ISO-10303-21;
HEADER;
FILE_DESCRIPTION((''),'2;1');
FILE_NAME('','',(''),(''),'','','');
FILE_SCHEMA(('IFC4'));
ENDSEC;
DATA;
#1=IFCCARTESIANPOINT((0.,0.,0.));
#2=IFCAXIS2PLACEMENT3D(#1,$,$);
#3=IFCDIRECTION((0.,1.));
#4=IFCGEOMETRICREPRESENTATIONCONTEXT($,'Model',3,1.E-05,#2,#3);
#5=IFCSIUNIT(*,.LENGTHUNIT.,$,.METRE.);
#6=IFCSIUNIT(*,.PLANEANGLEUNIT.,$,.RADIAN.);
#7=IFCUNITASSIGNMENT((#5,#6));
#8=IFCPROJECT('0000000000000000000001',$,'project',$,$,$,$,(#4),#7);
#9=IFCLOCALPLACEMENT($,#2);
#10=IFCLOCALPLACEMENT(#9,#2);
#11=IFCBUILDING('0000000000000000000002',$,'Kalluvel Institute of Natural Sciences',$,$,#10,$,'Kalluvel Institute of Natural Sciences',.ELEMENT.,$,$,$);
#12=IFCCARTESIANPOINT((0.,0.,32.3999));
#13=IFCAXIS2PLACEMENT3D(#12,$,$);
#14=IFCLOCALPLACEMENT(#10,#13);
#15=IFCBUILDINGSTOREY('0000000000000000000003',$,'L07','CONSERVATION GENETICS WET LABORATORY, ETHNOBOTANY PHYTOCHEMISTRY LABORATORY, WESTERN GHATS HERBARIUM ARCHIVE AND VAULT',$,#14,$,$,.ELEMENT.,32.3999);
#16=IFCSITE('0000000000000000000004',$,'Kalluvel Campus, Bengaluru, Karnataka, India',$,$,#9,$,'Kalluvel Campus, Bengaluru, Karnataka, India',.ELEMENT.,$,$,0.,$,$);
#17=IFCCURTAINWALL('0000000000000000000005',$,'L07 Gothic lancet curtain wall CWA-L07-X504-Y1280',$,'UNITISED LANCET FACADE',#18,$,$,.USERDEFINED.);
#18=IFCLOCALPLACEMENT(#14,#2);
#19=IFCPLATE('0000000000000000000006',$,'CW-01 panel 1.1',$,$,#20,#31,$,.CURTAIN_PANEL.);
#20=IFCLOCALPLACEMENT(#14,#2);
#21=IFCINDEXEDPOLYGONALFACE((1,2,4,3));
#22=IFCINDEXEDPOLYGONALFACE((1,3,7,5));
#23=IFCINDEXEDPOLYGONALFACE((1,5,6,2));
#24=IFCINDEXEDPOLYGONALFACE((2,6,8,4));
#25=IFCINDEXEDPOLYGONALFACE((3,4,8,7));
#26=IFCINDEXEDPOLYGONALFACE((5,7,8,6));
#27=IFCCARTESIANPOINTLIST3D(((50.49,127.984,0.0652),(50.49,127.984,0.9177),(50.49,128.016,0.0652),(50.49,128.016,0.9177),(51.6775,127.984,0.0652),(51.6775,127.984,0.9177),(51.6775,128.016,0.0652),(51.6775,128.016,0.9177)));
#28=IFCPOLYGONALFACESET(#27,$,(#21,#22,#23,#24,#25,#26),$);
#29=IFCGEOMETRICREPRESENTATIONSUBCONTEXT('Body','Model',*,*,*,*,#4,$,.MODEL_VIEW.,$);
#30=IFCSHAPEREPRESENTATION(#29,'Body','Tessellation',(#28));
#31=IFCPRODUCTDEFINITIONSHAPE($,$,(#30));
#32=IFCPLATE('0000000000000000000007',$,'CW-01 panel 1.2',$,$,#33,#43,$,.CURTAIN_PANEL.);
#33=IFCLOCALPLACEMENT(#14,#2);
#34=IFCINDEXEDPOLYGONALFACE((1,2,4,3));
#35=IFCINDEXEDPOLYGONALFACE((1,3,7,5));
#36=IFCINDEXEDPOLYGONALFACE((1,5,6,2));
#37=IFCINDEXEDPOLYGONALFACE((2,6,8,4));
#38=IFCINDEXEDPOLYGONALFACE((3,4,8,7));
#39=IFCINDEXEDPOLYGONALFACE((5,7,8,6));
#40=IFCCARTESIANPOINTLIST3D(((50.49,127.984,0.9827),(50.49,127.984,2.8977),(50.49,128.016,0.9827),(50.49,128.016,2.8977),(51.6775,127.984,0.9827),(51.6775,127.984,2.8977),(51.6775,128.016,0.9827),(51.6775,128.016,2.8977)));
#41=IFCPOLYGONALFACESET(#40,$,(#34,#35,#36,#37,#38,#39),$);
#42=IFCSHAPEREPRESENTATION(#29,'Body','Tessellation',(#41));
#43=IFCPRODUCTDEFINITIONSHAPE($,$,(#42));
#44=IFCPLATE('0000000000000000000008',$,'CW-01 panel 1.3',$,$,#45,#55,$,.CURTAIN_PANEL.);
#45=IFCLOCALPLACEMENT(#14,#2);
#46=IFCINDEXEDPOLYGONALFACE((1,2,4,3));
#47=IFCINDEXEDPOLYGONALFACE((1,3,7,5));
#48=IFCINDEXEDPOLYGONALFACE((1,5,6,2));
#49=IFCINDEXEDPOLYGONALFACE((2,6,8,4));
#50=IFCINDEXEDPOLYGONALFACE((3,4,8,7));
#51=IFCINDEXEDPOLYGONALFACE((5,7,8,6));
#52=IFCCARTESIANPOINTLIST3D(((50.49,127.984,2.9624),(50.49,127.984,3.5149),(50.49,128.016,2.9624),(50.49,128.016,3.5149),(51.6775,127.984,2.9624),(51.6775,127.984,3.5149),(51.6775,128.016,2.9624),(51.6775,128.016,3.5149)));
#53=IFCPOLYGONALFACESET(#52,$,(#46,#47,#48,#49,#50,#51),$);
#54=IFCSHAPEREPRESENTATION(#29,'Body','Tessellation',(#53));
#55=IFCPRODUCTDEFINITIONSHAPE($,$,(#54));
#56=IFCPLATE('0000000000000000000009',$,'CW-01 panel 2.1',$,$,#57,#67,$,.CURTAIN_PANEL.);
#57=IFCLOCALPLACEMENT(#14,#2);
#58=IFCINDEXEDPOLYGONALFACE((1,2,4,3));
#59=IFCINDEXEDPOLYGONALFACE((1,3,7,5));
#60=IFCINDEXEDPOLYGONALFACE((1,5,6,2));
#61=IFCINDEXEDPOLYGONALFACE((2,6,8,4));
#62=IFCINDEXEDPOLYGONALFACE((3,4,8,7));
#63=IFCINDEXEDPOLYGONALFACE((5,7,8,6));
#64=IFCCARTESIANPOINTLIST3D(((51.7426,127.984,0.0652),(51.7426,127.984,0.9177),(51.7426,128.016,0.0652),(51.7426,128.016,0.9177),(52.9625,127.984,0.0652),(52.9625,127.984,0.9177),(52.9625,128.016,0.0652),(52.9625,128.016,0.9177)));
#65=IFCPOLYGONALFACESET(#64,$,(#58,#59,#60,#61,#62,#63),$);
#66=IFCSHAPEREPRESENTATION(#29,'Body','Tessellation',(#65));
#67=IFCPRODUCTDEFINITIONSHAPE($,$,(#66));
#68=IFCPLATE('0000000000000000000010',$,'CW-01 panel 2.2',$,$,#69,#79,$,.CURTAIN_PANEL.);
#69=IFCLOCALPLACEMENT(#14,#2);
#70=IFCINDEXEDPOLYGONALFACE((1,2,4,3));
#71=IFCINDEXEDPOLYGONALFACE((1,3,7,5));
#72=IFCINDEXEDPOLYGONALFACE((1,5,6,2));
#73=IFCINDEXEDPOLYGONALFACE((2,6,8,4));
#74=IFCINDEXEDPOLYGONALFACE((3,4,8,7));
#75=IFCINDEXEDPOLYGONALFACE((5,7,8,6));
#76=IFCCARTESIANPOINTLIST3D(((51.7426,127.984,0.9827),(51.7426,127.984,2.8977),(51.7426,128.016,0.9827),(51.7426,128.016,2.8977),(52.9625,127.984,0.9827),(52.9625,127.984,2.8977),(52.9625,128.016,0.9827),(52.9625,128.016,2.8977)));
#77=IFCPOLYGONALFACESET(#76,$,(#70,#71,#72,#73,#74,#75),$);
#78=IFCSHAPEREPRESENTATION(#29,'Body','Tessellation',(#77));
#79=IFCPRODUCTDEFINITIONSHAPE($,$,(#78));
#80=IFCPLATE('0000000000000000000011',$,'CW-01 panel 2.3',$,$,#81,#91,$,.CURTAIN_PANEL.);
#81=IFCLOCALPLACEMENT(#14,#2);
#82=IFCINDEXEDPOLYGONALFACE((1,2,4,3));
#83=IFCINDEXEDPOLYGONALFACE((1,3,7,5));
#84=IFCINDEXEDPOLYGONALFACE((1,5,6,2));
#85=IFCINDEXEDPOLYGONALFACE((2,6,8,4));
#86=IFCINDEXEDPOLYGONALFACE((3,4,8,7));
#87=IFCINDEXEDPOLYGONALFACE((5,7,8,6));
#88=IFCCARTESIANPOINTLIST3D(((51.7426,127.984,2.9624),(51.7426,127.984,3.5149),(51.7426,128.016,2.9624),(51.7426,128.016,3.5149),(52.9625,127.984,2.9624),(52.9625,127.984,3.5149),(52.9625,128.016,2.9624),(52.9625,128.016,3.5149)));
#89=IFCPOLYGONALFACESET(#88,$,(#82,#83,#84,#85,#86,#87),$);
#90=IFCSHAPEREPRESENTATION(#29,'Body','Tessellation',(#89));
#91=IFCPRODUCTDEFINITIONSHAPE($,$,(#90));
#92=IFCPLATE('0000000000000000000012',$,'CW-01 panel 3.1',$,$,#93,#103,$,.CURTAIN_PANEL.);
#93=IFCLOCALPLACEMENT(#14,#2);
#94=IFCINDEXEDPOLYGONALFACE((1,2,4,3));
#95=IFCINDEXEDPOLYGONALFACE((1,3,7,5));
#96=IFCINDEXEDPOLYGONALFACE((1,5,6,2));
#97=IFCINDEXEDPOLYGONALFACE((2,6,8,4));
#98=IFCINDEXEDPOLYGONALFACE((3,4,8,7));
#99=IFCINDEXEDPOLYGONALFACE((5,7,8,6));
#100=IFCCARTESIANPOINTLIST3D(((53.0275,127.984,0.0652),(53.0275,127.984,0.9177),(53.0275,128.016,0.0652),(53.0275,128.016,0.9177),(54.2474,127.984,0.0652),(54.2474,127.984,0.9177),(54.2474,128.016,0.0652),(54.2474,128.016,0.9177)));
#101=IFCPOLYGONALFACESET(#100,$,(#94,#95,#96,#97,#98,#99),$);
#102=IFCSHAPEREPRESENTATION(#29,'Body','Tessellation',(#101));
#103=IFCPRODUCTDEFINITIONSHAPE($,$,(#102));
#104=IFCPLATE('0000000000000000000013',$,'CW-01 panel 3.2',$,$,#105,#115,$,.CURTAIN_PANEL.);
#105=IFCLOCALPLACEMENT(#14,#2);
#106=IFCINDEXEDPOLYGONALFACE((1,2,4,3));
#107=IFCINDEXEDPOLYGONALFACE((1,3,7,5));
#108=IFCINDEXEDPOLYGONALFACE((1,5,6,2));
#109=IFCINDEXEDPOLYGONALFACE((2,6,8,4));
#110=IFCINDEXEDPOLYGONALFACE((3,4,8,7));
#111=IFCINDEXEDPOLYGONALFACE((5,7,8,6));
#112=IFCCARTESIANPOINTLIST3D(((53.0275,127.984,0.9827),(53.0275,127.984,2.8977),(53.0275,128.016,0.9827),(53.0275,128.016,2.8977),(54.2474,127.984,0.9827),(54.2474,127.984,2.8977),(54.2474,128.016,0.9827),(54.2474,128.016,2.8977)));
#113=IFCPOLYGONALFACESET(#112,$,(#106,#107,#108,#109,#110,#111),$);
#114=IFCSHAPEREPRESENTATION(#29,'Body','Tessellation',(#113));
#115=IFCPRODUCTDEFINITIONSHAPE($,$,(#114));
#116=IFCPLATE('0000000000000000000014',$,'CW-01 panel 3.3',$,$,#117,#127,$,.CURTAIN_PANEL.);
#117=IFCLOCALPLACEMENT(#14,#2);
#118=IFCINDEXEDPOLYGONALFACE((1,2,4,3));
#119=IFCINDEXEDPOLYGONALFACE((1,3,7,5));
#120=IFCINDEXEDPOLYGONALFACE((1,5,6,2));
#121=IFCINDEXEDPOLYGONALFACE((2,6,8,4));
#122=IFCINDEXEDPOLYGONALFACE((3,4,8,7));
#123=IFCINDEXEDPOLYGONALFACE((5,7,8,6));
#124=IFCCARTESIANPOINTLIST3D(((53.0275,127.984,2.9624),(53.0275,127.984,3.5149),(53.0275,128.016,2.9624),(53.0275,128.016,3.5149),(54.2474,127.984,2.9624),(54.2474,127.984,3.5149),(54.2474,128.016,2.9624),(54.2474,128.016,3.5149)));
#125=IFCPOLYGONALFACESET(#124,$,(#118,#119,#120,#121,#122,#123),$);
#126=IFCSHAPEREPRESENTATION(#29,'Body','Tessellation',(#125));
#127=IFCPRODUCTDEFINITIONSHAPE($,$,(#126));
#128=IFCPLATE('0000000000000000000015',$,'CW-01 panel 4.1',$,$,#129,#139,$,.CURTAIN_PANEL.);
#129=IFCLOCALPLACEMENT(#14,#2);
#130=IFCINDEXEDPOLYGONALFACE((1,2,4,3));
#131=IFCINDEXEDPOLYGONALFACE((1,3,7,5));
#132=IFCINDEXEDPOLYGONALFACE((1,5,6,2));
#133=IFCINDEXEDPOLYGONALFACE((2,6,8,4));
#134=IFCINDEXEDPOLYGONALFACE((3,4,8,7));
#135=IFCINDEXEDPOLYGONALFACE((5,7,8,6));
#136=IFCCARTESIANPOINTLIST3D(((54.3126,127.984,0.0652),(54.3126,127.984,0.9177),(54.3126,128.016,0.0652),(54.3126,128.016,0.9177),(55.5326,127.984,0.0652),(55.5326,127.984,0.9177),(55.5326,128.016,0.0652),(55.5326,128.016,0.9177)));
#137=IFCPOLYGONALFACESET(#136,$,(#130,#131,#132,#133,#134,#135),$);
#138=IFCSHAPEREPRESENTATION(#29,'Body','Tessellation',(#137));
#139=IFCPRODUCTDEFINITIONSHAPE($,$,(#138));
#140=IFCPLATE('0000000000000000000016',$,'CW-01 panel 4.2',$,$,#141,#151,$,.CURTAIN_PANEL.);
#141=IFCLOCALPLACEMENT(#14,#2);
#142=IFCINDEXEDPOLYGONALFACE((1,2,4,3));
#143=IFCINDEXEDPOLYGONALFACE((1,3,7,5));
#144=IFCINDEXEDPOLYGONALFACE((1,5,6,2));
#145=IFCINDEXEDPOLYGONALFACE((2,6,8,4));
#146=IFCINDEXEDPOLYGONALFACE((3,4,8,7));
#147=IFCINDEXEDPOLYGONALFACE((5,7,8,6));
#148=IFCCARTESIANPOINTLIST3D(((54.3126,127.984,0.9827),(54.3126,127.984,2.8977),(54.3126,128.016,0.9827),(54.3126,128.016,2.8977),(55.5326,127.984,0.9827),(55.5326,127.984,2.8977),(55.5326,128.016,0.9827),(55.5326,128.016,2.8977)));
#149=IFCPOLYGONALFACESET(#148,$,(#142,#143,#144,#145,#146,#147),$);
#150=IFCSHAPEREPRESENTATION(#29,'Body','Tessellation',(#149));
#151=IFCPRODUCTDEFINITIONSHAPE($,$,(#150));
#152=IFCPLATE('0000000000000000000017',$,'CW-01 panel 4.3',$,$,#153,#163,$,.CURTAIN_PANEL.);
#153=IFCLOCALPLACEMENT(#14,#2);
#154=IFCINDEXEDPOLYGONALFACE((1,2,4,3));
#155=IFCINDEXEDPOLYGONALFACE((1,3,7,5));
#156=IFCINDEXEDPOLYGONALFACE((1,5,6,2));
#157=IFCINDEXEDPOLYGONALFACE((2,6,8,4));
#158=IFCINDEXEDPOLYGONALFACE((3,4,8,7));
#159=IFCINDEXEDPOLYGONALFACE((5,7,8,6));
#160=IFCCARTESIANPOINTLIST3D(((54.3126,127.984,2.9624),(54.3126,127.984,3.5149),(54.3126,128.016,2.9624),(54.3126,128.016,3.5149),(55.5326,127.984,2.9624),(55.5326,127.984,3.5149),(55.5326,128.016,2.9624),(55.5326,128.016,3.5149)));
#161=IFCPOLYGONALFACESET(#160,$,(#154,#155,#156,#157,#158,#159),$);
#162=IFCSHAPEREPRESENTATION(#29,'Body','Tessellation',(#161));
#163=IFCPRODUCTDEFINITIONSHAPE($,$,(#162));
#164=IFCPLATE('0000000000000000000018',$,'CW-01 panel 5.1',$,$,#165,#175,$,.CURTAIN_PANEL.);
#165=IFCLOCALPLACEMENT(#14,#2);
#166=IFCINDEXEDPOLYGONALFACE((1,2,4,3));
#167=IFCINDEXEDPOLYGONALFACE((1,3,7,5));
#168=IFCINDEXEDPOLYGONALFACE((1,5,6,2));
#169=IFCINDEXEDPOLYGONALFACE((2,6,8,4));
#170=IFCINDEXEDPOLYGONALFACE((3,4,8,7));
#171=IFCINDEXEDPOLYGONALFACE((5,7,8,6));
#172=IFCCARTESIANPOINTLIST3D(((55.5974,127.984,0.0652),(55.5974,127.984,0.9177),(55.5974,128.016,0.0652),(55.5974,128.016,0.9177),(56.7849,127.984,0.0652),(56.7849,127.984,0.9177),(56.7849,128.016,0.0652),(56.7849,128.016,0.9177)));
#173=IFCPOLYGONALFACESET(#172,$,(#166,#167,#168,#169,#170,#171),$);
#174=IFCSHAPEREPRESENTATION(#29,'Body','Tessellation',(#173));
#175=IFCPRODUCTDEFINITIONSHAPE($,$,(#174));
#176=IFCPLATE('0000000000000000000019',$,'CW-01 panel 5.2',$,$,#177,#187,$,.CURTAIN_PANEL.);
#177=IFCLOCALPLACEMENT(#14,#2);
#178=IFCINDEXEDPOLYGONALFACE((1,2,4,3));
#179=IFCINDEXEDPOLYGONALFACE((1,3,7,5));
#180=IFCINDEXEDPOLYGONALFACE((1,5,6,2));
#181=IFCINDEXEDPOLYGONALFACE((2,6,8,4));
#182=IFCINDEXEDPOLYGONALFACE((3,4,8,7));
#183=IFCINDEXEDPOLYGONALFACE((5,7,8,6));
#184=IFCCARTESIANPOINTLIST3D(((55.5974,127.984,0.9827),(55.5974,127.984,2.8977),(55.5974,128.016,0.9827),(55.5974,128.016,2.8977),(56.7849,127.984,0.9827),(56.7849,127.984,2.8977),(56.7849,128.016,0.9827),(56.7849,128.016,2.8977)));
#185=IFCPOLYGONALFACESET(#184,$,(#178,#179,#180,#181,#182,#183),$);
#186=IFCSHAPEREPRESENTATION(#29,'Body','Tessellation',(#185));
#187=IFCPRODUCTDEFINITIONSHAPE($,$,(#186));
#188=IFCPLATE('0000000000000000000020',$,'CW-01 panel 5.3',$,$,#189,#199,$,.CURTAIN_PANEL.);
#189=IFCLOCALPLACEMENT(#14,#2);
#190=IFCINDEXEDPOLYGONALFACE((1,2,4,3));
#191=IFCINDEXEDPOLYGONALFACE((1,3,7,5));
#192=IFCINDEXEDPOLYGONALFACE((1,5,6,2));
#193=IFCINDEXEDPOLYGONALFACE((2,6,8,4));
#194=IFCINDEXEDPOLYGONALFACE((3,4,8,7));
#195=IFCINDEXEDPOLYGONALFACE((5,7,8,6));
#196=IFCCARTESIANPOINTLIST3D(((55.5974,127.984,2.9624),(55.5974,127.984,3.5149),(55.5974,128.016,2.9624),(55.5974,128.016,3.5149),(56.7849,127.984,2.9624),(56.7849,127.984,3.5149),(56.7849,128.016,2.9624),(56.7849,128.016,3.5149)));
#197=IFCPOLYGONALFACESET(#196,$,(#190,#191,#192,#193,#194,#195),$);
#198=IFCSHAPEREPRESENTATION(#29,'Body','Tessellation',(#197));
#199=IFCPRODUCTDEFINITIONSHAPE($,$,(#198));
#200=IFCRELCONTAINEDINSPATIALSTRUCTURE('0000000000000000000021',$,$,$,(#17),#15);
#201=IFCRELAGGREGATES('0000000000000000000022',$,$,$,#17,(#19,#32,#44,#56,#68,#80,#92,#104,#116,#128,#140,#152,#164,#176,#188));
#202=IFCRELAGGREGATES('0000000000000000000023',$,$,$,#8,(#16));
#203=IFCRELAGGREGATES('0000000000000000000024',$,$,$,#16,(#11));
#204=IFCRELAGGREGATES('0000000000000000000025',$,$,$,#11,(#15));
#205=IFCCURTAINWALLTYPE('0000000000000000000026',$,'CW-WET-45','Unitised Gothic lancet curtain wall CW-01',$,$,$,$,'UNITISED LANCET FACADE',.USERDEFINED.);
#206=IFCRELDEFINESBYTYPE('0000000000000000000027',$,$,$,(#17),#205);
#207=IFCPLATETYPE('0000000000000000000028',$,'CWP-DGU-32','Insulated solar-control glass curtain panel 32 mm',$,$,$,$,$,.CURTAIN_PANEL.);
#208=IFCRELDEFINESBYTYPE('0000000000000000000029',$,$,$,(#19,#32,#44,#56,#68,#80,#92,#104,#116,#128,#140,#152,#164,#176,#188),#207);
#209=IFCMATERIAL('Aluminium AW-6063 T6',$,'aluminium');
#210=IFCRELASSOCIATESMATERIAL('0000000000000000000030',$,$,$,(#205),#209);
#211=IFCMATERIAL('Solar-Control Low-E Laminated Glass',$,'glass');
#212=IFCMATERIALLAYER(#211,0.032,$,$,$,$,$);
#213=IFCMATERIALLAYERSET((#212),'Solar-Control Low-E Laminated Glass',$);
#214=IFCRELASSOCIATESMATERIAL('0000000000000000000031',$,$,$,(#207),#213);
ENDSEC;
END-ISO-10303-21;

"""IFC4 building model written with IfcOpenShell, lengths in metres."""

from ifc_helpers import new_model, si_unit, direction, frame, origin, origin_2d, place, context, subcontext, project, spatial, rectangle, extrude, material, layer, layer_set, type_object, element, aggregate, save


model = new_model("IFC4")

# Units and contexts
model_context = context("Model", 3, precision=1e-05, world=origin(), true_north=direction((0.0, 1.0)))
body_context = subcontext(model_context, "Body", "Model", "MODEL_VIEW")
ifc_project = project(units=[si_unit("LENGTHUNIT", "METRE"), si_unit("PLANEANGLEUNIT", "RADIAN")], contexts=[model_context])

# Site, building, storey
site_placement = place(None, origin())
site = spatial("IfcSite", under=ifc_project, at=site_placement, Name="Kalluvel Campus, Bengaluru, Karnataka, India", LongName="Kalluvel Campus, Bengaluru, Karnataka, India", CompositionType="ELEMENT", RefElevation=0.0)
building_placement = place(site_placement, origin())
building = spatial("IfcBuilding", under=site, at=building_placement, Name="Kalluvel Institute of Natural Sciences", LongName="Kalluvel Institute of Natural Sciences", CompositionType="ELEMENT")
storey_placement = place(building_placement, frame((0.0, 0.0, 32.3999)))
storey = spatial("IfcBuildingStorey", under=building, at=storey_placement, Name="L07", Description="CONSERVATION GENETICS WET LABORATORY, ETHNOBOTANY PHYTOCHEMISTRY LABORATORY, WESTERN GHATS HERBARIUM ARCHIVE AND VAULT", CompositionType="ELEMENT", Elevation=32.3999)

# Curtain wall, plates
ifc_material_1 = material(Name="Aluminium AW-6063 T6", Category="aluminium")
curtain_wall_type = type_object("IfcCurtainWallType", Name="CW-WET-45", Description="Unitised Gothic lancet curtain wall CW-01", ElementType="UNITISED LANCET FACADE", PredefinedType="USERDEFINED", material=ifc_material_1)
curtain_wall_placement = place(storey_placement, origin())
curtain_wall = element("IfcCurtainWall", 1, at=curtain_wall_placement, inside=storey, type_object=curtain_wall_type, Name="L07 Gothic lancet curtain wall CWA-L07-X504-Y1280", ObjectType="UNITISED LANCET FACADE", PredefinedType="USERDEFINED")
ifc_material_2 = material(Name="Solar-Control Low-E Laminated Glass", Category="glass")
ifc_layer = layer(ifc_material_2, 0.032)
ifc_layer_set = layer_set([ifc_layer], Name="Solar-Control Low-E Laminated Glass")
plate_type = type_object("IfcPlateType", Name="CWP-DGU-32", Description="Insulated solar-control glass curtain panel 32 mm", PredefinedType="CURTAIN_PANEL", material=ifc_layer_set)
plate_1_placement = place(storey_placement, frame((51.0837, 128.0, 0.0652), z_axis=(0.0, 0.0, 1.0), x_axis=(1.0, 0.0, 0.0)))
plate_1 = element("IfcPlate", 2, at=plate_1_placement, type_object=plate_type, Name="CW-01 panel 1.1", PredefinedType="CURTAIN_PANEL", context=body_context, shape_type="SweptSolid", body=[
    extrude(rectangle(XDim=1.1875, YDim=0.032, at=origin_2d()), origin(), (0.0, 0.0, 1.0), 0.8525),
])
plate_2_placement = place(storey_placement, frame((51.0837, 128.0, 0.9827), z_axis=(0.0, 0.0, 1.0), x_axis=(1.0, 0.0, 0.0)))
plate_2 = element("IfcPlate", 3, at=plate_2_placement, type_object=plate_type, Name="CW-01 panel 1.2", PredefinedType="CURTAIN_PANEL", context=body_context, shape_type="SweptSolid", body=[
    extrude(rectangle(XDim=1.1875, YDim=0.032, at=origin_2d()), origin(), (0.0, 0.0, 1.0), 1.915),
])
plate_3_placement = place(storey_placement, frame((51.0837, 128.0, 2.9624), z_axis=(0.0, 0.0, 1.0), x_axis=(1.0, 0.0, 0.0)))
plate_3 = element("IfcPlate", 4, at=plate_3_placement, type_object=plate_type, Name="CW-01 panel 1.3", PredefinedType="CURTAIN_PANEL", context=body_context, shape_type="SweptSolid", body=[
    extrude(rectangle(XDim=1.1875, YDim=0.032, at=origin_2d()), origin(), (0.0, 0.0, 1.0), 0.5525),
])
plate_4_placement = place(storey_placement, frame((52.3525, 128.0, 0.0652), z_axis=(0.0, 0.0, 1.0), x_axis=(1.0, 0.0, 0.0)))
plate_4 = element("IfcPlate", 5, at=plate_4_placement, type_object=plate_type, Name="CW-01 panel 2.1", PredefinedType="CURTAIN_PANEL", context=body_context, shape_type="SweptSolid", body=[
    extrude(rectangle(XDim=1.22, YDim=0.032, at=origin_2d()), origin(), (0.0, 0.0, 1.0), 0.8525),
])
plate_5_placement = place(storey_placement, frame((52.3525, 128.0, 0.9827), z_axis=(0.0, 0.0, 1.0), x_axis=(1.0, 0.0, 0.0)))
plate_5 = element("IfcPlate", 6, at=plate_5_placement, type_object=plate_type, Name="CW-01 panel 2.2", PredefinedType="CURTAIN_PANEL", context=body_context, shape_type="SweptSolid", body=[
    extrude(rectangle(XDim=1.22, YDim=0.032, at=origin_2d()), origin(), (0.0, 0.0, 1.0), 1.915),
])
plate_6_placement = place(storey_placement, frame((52.3525, 128.0, 2.9624), z_axis=(0.0, 0.0, 1.0), x_axis=(1.0, 0.0, 0.0)))
plate_6 = element("IfcPlate", 7, at=plate_6_placement, type_object=plate_type, Name="CW-01 panel 2.3", PredefinedType="CURTAIN_PANEL", context=body_context, shape_type="SweptSolid", body=[
    extrude(rectangle(XDim=1.22, YDim=0.032, at=origin_2d()), origin(), (0.0, 0.0, 1.0), 0.5525),
])
plate_7_placement = place(storey_placement, frame((53.6375, 128.0, 0.0652), z_axis=(0.0, 0.0, 1.0), x_axis=(1.0, 0.0, 0.0)))
plate_7 = element("IfcPlate", 8, at=plate_7_placement, type_object=plate_type, Name="CW-01 panel 3.1", PredefinedType="CURTAIN_PANEL", context=body_context, shape_type="SweptSolid", body=[
    extrude(rectangle(XDim=1.22, YDim=0.032, at=origin_2d()), origin(), (0.0, 0.0, 1.0), 0.8525),
])
plate_8_placement = place(storey_placement, frame((53.6375, 128.0, 0.9827), z_axis=(0.0, 0.0, 1.0), x_axis=(1.0, 0.0, 0.0)))
plate_8 = element("IfcPlate", 9, at=plate_8_placement, type_object=plate_type, Name="CW-01 panel 3.2", PredefinedType="CURTAIN_PANEL", context=body_context, shape_type="SweptSolid", body=[
    extrude(rectangle(XDim=1.22, YDim=0.032, at=origin_2d()), origin(), (0.0, 0.0, 1.0), 1.915),
])
plate_9_placement = place(storey_placement, frame((53.6375, 128.0, 2.9624), z_axis=(0.0, 0.0, 1.0), x_axis=(1.0, 0.0, 0.0)))
plate_9 = element("IfcPlate", 10, at=plate_9_placement, type_object=plate_type, Name="CW-01 panel 3.3", PredefinedType="CURTAIN_PANEL", context=body_context, shape_type="SweptSolid", body=[
    extrude(rectangle(XDim=1.22, YDim=0.032, at=origin_2d()), origin(), (0.0, 0.0, 1.0), 0.5525),
])
plate_10_placement = place(storey_placement, frame((54.9226, 128.0, 0.0652), z_axis=(0.0, 0.0, 1.0), x_axis=(1.0, 0.0, 0.0)))
plate_10 = element("IfcPlate", 11, at=plate_10_placement, type_object=plate_type, Name="CW-01 panel 4.1", PredefinedType="CURTAIN_PANEL", context=body_context, shape_type="SweptSolid", body=[
    extrude(rectangle(XDim=1.22, YDim=0.032, at=origin_2d()), origin(), (0.0, 0.0, 1.0), 0.8525),
])
plate_11_placement = place(storey_placement, frame((54.9226, 128.0, 0.9827), z_axis=(0.0, 0.0, 1.0), x_axis=(1.0, 0.0, 0.0)))
plate_11 = element("IfcPlate", 12, at=plate_11_placement, type_object=plate_type, Name="CW-01 panel 4.2", PredefinedType="CURTAIN_PANEL", context=body_context, shape_type="SweptSolid", body=[
    extrude(rectangle(XDim=1.22, YDim=0.032, at=origin_2d()), origin(), (0.0, 0.0, 1.0), 1.915),
])
plate_12_placement = place(storey_placement, frame((54.9226, 128.0, 2.9624), z_axis=(0.0, 0.0, 1.0), x_axis=(1.0, 0.0, 0.0)))
plate_12 = element("IfcPlate", 13, at=plate_12_placement, type_object=plate_type, Name="CW-01 panel 4.3", PredefinedType="CURTAIN_PANEL", context=body_context, shape_type="SweptSolid", body=[
    extrude(rectangle(XDim=1.22, YDim=0.032, at=origin_2d()), origin(), (0.0, 0.0, 1.0), 0.5525),
])
plate_13_placement = place(storey_placement, frame((56.1912, 128.0, 0.0652), z_axis=(0.0, 0.0, 1.0), x_axis=(1.0, 0.0, 0.0)))
plate_13 = element("IfcPlate", 14, at=plate_13_placement, type_object=plate_type, Name="CW-01 panel 5.1", PredefinedType="CURTAIN_PANEL", context=body_context, shape_type="SweptSolid", body=[
    extrude(rectangle(XDim=1.1875, YDim=0.032, at=origin_2d()), origin(), (0.0, 0.0, 1.0), 0.8525),
])
plate_14_placement = place(storey_placement, frame((56.1912, 128.0, 0.9827), z_axis=(0.0, 0.0, 1.0), x_axis=(1.0, 0.0, 0.0)))
plate_14 = element("IfcPlate", 15, at=plate_14_placement, type_object=plate_type, Name="CW-01 panel 5.2", PredefinedType="CURTAIN_PANEL", context=body_context, shape_type="SweptSolid", body=[
    extrude(rectangle(XDim=1.1875, YDim=0.032, at=origin_2d()), origin(), (0.0, 0.0, 1.0), 1.915),
])
plate_15_placement = place(storey_placement, frame((56.1912, 128.0, 2.9624), z_axis=(0.0, 0.0, 1.0), x_axis=(1.0, 0.0, 0.0)))
plate_15 = element("IfcPlate", 16, at=plate_15_placement, type_object=plate_type, Name="CW-01 panel 5.3", PredefinedType="CURTAIN_PANEL", context=body_context, shape_type="SweptSolid", body=[
    extrude(rectangle(XDim=1.1875, YDim=0.032, at=origin_2d()), origin(), (0.0, 0.0, 1.0), 0.5525),
])
aggregate(curtain_wall, [plate_1, plate_2, plate_3, plate_4, plate_5, plate_6, plate_7, plate_8, plate_9, plate_10, plate_11, plate_12, plate_13, plate_14, plate_15])

save(model, "model.ifc")
